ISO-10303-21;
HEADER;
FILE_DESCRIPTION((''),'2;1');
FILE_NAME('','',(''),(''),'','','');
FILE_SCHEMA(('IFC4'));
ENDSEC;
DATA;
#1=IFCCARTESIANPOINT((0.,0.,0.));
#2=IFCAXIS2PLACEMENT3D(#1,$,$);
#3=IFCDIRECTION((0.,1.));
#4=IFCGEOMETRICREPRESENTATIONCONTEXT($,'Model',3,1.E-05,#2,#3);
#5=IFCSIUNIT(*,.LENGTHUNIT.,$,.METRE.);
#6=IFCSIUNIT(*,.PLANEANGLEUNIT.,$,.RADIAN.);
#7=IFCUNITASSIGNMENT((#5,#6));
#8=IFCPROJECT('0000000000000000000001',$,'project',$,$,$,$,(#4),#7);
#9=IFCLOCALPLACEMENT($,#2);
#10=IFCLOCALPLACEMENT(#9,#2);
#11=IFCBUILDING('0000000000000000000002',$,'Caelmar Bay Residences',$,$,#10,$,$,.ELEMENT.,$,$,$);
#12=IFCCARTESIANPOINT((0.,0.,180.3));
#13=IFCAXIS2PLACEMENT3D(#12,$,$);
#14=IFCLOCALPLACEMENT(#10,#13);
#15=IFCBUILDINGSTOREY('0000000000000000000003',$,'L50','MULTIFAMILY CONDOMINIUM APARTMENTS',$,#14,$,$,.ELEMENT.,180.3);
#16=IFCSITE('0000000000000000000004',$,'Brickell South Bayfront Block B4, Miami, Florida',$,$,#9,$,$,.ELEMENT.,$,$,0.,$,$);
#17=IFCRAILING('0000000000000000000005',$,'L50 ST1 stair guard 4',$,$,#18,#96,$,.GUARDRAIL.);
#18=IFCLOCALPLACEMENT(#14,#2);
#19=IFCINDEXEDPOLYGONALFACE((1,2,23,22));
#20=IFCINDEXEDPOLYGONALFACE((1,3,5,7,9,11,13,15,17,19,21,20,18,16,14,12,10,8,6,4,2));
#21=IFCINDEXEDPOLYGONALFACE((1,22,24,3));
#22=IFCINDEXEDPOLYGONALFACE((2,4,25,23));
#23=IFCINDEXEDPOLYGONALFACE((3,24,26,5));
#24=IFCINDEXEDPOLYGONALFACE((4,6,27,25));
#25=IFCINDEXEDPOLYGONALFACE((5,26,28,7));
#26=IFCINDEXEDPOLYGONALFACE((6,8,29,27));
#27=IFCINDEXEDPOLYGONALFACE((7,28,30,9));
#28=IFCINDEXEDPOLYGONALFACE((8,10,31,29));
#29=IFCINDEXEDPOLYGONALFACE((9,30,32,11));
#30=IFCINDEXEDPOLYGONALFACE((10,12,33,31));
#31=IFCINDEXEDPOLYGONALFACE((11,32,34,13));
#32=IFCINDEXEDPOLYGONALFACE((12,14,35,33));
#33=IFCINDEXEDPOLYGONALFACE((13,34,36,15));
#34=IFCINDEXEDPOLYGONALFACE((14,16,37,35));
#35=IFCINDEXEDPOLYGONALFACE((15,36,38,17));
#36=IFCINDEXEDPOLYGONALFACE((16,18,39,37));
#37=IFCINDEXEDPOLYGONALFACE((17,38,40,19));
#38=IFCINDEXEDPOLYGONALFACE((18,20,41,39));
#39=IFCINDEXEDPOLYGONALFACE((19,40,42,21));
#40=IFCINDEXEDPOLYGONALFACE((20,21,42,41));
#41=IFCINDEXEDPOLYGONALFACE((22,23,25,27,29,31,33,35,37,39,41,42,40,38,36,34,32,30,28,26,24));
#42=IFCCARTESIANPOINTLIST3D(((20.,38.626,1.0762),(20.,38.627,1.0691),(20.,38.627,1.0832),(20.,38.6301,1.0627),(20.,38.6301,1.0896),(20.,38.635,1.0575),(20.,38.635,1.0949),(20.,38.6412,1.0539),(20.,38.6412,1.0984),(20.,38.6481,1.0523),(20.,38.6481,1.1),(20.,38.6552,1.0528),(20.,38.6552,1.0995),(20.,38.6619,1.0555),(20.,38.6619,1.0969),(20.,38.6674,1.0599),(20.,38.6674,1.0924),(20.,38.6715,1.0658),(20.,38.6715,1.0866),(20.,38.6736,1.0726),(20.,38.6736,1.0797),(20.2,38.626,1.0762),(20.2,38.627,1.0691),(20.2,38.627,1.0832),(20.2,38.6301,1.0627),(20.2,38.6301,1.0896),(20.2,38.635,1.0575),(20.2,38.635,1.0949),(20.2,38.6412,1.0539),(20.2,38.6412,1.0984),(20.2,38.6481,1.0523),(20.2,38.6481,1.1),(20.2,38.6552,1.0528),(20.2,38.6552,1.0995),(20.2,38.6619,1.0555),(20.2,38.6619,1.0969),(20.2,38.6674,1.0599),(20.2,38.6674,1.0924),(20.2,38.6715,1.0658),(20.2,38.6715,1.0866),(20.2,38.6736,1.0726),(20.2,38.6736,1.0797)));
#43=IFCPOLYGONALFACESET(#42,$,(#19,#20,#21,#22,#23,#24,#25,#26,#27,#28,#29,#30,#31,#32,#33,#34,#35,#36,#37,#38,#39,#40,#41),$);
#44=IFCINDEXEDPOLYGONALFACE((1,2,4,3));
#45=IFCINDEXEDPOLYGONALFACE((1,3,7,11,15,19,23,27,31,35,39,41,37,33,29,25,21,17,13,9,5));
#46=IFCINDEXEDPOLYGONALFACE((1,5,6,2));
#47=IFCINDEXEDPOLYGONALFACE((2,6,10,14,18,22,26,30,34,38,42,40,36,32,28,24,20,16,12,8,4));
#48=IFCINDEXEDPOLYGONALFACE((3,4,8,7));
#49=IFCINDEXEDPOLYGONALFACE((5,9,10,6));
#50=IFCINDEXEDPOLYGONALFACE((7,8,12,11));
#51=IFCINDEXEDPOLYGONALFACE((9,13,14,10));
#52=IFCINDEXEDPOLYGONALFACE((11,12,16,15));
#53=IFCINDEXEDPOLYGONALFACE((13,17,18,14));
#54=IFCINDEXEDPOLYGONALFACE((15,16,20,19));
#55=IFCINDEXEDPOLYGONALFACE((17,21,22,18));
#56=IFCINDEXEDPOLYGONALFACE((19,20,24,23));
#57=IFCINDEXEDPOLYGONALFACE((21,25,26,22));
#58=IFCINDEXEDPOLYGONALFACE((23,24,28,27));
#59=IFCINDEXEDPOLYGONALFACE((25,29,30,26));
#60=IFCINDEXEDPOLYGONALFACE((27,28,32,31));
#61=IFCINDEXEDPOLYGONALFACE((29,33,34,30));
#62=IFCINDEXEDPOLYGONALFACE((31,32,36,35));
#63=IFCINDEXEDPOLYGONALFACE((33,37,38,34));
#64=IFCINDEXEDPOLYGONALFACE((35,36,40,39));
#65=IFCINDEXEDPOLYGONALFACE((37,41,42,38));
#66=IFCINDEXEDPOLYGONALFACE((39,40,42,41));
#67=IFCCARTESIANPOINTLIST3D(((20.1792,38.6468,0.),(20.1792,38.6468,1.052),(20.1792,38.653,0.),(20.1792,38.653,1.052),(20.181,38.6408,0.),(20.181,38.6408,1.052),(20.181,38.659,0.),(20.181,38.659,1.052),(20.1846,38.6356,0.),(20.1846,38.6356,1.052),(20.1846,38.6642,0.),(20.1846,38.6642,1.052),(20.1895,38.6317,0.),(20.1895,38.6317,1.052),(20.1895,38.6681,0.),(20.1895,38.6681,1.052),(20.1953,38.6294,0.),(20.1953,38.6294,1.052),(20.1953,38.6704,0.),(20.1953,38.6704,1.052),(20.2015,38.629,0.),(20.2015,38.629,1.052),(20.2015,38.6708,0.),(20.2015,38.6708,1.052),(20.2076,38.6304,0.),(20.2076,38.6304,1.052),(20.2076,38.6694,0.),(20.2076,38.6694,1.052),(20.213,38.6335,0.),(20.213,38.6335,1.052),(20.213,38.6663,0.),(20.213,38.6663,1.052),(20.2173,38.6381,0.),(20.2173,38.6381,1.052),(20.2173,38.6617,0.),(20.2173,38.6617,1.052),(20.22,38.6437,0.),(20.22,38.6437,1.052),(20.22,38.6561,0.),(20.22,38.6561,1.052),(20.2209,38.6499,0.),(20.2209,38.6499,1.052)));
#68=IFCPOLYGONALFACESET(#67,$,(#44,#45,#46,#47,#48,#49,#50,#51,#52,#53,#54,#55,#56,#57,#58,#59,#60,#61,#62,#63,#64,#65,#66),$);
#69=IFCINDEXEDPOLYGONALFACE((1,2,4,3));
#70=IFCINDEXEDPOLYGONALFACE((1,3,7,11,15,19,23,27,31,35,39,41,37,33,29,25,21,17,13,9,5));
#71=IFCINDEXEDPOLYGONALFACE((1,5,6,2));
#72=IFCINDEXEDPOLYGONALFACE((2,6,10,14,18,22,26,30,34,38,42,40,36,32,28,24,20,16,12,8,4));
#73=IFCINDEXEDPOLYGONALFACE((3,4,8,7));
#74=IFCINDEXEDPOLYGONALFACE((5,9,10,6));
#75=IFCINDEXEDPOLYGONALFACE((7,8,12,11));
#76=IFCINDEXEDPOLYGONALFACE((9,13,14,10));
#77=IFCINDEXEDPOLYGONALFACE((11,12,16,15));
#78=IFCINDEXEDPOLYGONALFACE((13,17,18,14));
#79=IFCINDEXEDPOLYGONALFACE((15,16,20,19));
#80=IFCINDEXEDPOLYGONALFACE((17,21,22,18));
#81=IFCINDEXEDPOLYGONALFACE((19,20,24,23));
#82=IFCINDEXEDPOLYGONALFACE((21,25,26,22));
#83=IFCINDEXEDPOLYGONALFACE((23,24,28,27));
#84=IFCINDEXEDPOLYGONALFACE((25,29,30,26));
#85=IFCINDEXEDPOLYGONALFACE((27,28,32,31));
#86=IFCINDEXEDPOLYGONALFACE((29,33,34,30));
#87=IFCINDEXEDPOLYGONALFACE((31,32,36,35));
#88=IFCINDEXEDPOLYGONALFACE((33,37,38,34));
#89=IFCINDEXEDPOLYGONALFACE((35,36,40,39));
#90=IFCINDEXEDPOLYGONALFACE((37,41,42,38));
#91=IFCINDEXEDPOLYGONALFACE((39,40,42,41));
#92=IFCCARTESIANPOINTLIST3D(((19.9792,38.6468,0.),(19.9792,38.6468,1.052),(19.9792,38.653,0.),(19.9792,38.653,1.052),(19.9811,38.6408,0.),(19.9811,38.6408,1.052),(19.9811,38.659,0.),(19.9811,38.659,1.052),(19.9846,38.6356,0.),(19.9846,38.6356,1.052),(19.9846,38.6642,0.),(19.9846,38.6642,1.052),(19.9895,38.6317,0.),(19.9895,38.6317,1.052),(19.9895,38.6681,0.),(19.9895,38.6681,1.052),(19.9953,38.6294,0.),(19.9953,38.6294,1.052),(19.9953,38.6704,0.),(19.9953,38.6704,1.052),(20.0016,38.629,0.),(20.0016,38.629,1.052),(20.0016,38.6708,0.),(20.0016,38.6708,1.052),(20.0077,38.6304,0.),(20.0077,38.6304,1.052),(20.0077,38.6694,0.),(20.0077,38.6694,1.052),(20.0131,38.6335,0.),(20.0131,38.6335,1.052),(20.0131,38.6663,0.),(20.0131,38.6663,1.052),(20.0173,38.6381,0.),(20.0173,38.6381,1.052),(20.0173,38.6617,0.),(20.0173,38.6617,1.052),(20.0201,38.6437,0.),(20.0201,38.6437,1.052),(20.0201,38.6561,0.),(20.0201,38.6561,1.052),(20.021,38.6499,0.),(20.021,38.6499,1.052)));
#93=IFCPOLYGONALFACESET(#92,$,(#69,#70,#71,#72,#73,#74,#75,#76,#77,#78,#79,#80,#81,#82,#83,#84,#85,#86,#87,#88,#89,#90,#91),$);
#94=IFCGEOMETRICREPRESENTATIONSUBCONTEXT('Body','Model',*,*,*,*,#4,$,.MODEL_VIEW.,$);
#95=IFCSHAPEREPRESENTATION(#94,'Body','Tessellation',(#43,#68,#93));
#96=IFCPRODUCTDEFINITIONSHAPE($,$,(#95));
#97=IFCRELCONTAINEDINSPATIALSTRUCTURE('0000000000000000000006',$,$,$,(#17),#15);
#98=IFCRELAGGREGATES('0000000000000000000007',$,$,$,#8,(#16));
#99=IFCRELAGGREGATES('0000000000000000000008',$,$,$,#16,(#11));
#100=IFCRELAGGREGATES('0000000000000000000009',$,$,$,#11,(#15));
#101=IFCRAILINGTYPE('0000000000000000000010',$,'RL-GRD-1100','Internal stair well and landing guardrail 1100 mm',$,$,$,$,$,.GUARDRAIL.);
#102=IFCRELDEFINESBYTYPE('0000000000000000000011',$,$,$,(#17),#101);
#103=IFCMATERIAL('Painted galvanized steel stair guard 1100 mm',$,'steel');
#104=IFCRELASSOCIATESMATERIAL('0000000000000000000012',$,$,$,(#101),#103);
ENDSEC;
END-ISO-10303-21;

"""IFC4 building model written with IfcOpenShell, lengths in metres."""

from ifc_helpers import new_model, si_unit, direction, frame, origin, origin_2d, place, context, subcontext, project, spatial, circle, extrude, material, type_object, element, save


model = new_model("IFC4")

# Units and contexts
model_context = context("Model", 3, precision=1e-05, world=origin(), true_north=direction((0.0, 1.0)))
body_context = subcontext(model_context, "Body", "Model", "MODEL_VIEW")
ifc_project = project(units=[si_unit("LENGTHUNIT", "METRE"), si_unit("PLANEANGLEUNIT", "RADIAN")], contexts=[model_context])

# Site, building, storey
site_placement = place(None, origin())
site = spatial("IfcSite", under=ifc_project, at=site_placement, Name="Brickell South Bayfront Block B4, Miami, Florida", CompositionType="ELEMENT", RefElevation=0.0)
building_placement = place(site_placement, origin())
building = spatial("IfcBuilding", under=site, at=building_placement, Name="Caelmar Bay Residences", CompositionType="ELEMENT")
storey_placement = place(building_placement, frame((0.0, 0.0, 180.3)))
storey = spatial("IfcBuildingStorey", under=building, at=storey_placement, Name="L50", Description="MULTIFAMILY CONDOMINIUM APARTMENTS", CompositionType="ELEMENT", Elevation=180.3)

# Railing
ifc_material_1 = material(Name="Painted galvanized steel stair guard 1100 mm", Category="steel")
railing_type_1 = type_object("IfcRailingType", Name="RL-GRD-1100", Description="Internal stair well and landing guardrail 1100 mm", PredefinedType="GUARDRAIL", material=ifc_material_1)
railing_1_placement = place(storey_placement, frame((20.2, 38.6499, 0.0)))
element("IfcRailing", 1, at=railing_1_placement, inside=storey, type_object=railing_type_1, Name="L50 ST1 stair guard 4", PredefinedType="GUARDRAIL", context=body_context, shape_type="SweptSolid", body=[
    extrude(circle(Radius=0.0239, at=origin_2d()), frame((0.0, 0.0, 1.0762), z_axis=(-1.0, 0.0, 0.0), x_axis=(0.0, -1.0, 0.0)), (0.0, 0.0, 1.0), 0.2),
    extrude(circle(Radius=0.021, at=origin_2d()), origin(), (0.0, 0.0, 1.0), 1.052),
    extrude(circle(Radius=0.021, at=origin_2d()), frame((-0.2, 0.0, 0.0)), (0.0, 0.0, 1.0), 1.052),
])

save(model, "model.ifc")
